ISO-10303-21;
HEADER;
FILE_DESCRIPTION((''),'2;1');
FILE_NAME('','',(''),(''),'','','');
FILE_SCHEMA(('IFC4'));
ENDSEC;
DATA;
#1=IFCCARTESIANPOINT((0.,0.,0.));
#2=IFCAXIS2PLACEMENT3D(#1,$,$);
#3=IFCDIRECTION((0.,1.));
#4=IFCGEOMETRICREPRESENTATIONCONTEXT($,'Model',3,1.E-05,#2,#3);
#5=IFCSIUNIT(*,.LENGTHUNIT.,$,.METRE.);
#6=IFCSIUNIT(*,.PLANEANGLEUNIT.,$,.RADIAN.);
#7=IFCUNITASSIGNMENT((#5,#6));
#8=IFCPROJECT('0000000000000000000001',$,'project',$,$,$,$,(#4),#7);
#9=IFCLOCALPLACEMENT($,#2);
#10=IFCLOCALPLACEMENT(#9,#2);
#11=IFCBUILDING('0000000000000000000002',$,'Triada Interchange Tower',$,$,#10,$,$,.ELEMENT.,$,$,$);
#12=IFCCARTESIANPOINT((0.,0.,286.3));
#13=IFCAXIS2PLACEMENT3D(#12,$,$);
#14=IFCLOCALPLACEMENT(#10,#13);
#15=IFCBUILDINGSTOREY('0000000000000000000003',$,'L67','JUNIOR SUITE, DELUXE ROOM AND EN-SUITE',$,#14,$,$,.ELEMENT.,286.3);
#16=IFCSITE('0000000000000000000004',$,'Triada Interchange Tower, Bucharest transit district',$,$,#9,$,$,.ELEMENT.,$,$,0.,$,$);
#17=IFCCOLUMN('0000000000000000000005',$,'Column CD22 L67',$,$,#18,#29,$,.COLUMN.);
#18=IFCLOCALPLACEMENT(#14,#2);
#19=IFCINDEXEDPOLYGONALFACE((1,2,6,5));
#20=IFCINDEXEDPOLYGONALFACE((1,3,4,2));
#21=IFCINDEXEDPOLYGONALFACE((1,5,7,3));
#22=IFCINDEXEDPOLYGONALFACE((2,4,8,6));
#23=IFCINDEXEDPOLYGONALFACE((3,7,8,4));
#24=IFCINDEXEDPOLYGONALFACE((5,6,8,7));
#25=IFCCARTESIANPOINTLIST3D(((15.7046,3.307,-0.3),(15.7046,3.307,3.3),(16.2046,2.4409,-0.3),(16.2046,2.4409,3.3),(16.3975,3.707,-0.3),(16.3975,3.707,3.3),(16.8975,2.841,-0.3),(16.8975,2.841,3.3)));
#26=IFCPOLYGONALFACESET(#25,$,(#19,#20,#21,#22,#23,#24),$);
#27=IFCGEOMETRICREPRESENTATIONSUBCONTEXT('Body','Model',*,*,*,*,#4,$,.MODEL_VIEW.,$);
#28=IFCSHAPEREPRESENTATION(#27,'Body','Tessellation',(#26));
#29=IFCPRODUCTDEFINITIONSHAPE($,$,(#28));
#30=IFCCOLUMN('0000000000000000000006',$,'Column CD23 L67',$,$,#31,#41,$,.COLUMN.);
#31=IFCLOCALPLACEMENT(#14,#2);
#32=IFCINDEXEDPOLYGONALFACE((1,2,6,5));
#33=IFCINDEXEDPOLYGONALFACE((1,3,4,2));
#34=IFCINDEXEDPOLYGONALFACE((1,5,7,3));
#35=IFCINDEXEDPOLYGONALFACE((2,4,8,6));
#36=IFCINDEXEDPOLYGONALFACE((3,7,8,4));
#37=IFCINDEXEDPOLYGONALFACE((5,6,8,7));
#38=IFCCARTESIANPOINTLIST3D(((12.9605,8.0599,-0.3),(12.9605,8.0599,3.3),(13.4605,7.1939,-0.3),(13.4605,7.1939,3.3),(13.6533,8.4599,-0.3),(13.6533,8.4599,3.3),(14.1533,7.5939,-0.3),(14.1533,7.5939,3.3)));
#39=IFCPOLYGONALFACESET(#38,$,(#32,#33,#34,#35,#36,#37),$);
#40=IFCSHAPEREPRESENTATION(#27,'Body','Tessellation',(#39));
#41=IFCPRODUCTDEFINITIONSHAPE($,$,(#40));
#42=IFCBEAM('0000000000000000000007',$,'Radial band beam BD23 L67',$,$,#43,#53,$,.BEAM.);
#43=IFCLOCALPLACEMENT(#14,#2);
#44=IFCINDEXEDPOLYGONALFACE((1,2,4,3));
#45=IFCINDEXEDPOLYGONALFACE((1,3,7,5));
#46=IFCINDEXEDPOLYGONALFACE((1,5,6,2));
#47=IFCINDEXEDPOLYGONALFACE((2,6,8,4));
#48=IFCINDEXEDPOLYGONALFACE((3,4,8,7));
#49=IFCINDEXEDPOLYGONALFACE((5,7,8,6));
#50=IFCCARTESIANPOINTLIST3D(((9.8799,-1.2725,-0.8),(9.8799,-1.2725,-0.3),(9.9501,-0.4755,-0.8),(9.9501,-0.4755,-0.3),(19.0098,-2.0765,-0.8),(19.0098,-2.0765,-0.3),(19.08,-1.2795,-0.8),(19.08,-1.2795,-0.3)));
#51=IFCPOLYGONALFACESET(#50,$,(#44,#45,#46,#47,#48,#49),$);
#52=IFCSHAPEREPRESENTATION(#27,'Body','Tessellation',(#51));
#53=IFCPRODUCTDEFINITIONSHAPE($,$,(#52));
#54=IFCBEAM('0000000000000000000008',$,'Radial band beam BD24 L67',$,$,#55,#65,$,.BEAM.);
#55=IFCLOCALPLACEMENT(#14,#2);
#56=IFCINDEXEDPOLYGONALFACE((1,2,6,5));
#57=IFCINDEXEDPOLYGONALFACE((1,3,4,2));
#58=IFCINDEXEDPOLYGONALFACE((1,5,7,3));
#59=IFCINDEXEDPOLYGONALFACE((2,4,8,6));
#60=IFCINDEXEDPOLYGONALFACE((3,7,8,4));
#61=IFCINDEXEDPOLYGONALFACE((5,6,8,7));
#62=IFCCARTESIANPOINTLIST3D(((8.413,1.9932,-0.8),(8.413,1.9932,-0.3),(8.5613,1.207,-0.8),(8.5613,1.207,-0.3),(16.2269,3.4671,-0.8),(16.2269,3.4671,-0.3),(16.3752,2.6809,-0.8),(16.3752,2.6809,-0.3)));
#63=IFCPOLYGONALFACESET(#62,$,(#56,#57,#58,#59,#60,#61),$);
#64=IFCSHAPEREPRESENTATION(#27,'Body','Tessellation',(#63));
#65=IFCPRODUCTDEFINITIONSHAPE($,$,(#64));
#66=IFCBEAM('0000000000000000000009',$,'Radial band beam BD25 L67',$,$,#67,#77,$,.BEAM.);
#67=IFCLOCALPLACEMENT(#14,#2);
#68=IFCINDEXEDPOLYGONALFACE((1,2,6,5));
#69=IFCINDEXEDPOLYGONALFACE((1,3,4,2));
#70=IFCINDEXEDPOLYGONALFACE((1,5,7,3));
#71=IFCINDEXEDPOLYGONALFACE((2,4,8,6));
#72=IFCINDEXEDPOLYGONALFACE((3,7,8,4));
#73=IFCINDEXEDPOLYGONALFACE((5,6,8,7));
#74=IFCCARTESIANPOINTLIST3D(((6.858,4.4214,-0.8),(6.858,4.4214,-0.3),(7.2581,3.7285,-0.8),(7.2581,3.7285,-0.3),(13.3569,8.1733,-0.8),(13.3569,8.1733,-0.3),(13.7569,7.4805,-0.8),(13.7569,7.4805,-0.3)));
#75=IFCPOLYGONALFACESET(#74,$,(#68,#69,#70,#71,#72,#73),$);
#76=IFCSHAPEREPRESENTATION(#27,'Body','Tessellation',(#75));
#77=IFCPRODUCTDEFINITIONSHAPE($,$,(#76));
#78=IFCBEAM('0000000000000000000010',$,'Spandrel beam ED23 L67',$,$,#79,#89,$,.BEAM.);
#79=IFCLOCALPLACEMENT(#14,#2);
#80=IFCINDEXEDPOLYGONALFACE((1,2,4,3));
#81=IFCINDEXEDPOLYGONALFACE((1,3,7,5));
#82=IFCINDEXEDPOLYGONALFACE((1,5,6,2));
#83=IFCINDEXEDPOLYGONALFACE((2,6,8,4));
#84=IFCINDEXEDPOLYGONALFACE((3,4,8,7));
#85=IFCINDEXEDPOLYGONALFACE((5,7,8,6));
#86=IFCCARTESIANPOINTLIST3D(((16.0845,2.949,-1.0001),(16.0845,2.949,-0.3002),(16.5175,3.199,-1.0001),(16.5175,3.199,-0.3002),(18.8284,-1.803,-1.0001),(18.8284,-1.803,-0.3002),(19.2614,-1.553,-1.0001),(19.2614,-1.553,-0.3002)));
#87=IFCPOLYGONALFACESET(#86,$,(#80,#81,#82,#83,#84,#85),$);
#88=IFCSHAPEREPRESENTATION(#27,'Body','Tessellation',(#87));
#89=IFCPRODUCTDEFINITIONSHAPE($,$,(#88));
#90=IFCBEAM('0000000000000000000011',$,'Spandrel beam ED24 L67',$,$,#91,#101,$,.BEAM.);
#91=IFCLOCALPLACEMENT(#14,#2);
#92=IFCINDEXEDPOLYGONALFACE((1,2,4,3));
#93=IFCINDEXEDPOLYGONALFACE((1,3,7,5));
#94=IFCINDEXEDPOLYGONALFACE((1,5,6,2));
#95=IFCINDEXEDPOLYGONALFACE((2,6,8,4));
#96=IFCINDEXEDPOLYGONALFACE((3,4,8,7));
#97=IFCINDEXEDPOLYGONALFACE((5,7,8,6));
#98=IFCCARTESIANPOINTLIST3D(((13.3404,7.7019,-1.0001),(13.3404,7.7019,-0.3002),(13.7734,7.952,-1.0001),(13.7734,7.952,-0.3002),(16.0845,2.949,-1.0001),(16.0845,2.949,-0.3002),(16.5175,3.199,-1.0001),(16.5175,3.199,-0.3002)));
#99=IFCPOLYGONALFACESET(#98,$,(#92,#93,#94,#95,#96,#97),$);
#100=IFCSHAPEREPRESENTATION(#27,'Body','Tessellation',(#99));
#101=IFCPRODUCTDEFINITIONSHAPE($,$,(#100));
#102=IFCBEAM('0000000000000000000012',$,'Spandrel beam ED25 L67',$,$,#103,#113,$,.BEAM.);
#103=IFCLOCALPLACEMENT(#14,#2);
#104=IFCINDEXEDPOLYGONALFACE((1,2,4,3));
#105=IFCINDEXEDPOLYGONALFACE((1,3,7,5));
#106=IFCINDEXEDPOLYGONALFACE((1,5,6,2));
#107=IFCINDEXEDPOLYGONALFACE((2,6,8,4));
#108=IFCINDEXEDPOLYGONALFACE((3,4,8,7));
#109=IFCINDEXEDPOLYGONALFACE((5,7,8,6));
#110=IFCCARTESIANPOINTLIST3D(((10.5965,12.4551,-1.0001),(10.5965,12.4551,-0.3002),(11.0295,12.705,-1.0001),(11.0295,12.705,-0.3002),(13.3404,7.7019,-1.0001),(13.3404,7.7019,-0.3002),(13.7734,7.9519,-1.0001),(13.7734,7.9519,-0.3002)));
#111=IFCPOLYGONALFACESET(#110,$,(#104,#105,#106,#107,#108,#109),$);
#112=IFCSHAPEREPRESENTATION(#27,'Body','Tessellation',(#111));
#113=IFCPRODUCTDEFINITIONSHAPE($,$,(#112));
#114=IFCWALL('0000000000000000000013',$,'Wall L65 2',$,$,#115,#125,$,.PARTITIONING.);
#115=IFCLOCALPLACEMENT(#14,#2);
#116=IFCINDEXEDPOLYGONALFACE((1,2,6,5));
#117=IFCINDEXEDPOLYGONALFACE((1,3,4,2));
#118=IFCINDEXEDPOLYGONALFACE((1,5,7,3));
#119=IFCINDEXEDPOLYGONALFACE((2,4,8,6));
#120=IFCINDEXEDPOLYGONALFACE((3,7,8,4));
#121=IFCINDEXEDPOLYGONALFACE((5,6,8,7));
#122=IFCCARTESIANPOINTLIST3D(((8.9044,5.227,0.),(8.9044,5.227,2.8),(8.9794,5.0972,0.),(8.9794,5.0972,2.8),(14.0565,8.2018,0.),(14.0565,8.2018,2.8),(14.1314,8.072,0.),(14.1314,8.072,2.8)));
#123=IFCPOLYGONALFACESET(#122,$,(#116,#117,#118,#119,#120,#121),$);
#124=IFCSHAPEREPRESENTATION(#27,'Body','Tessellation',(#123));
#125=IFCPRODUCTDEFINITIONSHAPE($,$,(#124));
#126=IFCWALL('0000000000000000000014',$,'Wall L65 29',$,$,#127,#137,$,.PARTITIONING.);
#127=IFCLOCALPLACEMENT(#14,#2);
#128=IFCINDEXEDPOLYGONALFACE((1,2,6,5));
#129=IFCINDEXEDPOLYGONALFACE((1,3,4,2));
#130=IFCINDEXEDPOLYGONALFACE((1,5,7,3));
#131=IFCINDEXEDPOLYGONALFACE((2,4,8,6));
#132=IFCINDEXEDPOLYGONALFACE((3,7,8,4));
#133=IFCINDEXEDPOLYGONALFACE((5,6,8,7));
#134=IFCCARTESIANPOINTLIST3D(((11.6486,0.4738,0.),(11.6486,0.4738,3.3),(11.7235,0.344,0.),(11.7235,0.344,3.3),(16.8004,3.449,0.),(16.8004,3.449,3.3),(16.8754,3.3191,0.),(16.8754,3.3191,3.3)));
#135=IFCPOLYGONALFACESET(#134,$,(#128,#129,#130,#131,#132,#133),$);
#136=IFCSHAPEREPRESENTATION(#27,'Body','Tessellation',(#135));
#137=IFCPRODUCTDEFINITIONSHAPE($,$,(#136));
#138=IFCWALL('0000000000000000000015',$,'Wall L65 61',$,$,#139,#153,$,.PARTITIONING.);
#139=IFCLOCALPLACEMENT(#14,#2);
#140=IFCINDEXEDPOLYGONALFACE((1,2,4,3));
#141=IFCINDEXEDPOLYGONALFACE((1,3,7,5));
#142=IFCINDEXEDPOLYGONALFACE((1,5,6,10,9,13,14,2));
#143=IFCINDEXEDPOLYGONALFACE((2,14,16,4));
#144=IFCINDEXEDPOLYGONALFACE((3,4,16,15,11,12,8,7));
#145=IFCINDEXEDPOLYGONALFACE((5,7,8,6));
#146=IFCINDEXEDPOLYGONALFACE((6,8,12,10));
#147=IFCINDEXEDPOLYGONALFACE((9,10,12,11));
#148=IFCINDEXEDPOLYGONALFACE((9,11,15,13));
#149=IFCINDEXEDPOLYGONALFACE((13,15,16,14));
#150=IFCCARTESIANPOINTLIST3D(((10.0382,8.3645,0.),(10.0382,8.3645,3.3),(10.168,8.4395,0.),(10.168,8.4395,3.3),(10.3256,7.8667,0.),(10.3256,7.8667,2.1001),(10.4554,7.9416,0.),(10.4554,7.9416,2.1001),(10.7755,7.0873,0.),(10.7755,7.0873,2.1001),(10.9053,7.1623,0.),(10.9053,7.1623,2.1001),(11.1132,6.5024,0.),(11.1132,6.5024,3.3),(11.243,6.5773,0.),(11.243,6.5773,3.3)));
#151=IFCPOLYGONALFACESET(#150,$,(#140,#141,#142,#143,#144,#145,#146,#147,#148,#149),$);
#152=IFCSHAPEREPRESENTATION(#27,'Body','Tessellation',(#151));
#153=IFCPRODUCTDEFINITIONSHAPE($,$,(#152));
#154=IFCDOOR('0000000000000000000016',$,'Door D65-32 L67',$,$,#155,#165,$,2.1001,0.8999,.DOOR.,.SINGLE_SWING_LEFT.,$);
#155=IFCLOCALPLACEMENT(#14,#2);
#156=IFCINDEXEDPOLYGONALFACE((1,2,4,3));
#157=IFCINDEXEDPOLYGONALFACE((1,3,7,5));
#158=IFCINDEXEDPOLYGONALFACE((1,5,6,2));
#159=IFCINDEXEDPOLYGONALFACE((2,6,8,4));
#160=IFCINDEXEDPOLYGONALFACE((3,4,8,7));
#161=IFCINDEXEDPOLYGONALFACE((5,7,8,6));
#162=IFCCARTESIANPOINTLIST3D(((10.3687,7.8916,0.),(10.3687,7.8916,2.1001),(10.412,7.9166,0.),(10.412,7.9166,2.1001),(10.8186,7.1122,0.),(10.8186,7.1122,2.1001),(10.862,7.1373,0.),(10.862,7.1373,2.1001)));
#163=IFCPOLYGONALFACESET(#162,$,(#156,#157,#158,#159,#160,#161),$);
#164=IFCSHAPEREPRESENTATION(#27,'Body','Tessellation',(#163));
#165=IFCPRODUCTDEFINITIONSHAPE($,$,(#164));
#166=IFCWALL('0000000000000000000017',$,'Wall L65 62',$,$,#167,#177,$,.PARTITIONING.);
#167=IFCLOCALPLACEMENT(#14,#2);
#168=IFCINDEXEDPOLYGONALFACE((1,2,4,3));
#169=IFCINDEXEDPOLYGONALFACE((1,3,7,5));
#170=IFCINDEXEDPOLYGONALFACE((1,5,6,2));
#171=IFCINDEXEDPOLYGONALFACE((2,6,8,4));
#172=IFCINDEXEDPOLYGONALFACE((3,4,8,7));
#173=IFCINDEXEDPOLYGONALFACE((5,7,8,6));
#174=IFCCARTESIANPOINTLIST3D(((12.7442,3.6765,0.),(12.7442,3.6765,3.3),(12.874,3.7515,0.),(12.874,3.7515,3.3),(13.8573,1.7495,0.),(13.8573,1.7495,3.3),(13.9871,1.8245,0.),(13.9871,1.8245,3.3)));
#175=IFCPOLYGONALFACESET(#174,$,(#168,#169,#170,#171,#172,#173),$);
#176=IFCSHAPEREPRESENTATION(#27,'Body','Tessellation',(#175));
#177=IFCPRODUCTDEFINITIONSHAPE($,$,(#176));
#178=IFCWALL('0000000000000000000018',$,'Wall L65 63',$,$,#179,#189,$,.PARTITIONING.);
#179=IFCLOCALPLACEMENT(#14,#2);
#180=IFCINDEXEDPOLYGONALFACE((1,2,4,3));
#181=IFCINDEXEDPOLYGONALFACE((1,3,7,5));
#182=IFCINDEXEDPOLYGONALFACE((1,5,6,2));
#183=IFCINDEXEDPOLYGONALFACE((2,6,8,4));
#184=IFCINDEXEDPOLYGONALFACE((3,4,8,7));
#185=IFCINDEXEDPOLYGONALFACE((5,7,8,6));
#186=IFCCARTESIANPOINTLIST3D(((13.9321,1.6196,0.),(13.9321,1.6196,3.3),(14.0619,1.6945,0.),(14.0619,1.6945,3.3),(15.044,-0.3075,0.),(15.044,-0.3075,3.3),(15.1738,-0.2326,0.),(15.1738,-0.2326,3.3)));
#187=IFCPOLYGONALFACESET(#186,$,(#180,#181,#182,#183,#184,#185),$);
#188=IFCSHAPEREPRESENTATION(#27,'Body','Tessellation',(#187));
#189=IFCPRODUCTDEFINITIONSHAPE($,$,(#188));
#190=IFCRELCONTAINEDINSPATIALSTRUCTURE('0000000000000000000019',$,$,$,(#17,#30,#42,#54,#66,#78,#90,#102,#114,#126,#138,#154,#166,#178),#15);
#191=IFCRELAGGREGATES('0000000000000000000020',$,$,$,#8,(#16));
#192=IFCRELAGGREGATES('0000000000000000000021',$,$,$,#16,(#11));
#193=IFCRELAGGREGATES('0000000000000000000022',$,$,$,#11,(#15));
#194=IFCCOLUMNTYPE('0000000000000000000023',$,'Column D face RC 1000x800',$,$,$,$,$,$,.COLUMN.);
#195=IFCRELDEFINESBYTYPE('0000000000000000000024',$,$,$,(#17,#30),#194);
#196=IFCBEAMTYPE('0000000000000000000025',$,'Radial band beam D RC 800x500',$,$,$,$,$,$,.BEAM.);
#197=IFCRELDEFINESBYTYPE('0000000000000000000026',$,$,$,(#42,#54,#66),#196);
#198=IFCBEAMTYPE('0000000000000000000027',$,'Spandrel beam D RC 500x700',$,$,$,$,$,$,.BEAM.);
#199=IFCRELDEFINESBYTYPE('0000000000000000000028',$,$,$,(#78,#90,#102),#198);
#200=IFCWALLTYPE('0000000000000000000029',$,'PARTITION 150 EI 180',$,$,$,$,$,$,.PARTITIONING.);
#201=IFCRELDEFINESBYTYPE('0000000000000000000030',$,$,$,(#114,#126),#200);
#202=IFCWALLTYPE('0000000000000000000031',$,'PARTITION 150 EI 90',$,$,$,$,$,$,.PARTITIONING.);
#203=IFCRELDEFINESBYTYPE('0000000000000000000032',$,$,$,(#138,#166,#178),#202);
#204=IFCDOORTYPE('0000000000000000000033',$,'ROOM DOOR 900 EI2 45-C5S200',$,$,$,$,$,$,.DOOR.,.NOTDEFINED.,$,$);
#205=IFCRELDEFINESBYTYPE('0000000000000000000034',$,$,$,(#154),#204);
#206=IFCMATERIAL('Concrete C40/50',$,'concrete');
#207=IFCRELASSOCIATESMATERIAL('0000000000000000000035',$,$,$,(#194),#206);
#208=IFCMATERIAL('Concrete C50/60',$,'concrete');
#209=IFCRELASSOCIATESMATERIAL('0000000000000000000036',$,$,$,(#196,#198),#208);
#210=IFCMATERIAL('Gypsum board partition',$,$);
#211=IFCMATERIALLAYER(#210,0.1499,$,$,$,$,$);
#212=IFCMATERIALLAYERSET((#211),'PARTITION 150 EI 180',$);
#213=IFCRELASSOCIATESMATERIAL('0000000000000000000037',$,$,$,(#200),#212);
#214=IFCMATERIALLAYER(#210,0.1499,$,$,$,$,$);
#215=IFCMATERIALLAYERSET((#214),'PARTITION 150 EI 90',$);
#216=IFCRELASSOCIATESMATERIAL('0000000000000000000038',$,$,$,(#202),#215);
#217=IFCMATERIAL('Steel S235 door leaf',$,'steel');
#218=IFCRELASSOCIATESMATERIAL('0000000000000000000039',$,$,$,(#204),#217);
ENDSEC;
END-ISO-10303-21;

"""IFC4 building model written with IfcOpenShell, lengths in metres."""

from ifc_helpers import new_model, si_unit, direction, frame, frame_2d, origin, origin_2d, place, context, subcontext, project, spatial, rectangle, extrude, material, layer, layer_set, material_profile, profile_set, type_object, element, fill, save


model = new_model("IFC4")

# Units and contexts
model_context = context("Model", 3, precision=1e-05, world=origin(), true_north=direction((0.0, 1.0)))
body_context = subcontext(model_context, "Body", "Model", "MODEL_VIEW")
ifc_project = project(units=[si_unit("LENGTHUNIT", "METRE"), si_unit("PLANEANGLEUNIT", "RADIAN")], contexts=[model_context])

# Site, building, storey
site_placement = place(None, origin())
site = spatial("IfcSite", under=ifc_project, at=site_placement, Name="Triada Interchange Tower, Bucharest transit district", CompositionType="ELEMENT", RefElevation=0.0)
building_placement = place(site_placement, origin())
building = spatial("IfcBuilding", under=site, at=building_placement, Name="Triada Interchange Tower", CompositionType="ELEMENT")
storey_placement = place(building_placement, frame((0.0, 0.0, 286.3)))
storey = spatial("IfcBuildingStorey", under=building, at=storey_placement, Name="L67", Description="JUNIOR SUITE, DELUXE ROOM AND EN-SUITE", CompositionType="ELEMENT", Elevation=286.3)

# Columns
ifc_material_1 = material(Name="Concrete C40/50", Category="concrete")
ifc_material_profile_1 = material_profile(ifc_material_1, rectangle(XDim=1.0, YDim=0.8, at=origin_2d()), Name="RC 1000x800")
ifc_profile_set_1 = profile_set([ifc_material_profile_1], Name="Concrete C40/50")
column_type = type_object("IfcColumnType", Name="Column D face RC 1000x800", PredefinedType="COLUMN", material=ifc_profile_set_1)
for number, where, z_axis, x_axis, name in (
    (1, (16.301, 3.074, -0.3), (0.0, 0.0, 1.0), (-0.5, 0.866025, 0.0), "Column CD22 L67"),
    (2, (13.5569, 7.8269, -0.3), (0.0, 0.0, 1.0), (-0.5, 0.866025, 0.0), "Column CD23 L67"),
):
    element("IfcColumn", number, at=place(storey_placement, frame(where, z_axis=z_axis, x_axis=x_axis)), inside=storey, type_object=column_type, Name=name, PredefinedType="COLUMN", context=body_context, shape_type="SweptSolid", body=[
        extrude(rectangle(XDim=1.0, YDim=0.8, at=origin_2d()), origin(), (0.0, 0.0, 1.0), 3.6001),
    ])

# Beams
ifc_material_2 = material(Name="Concrete C50/60", Category="concrete")
ifc_material_profile_2 = material_profile(ifc_material_2, rectangle(XDim=0.8, YDim=0.5, at=origin_2d()), Name="RC 800x500")
ifc_profile_set_2 = profile_set([ifc_material_profile_2], Name="Concrete C50/60")
beam_type_1 = type_object("IfcBeamType", Name="Radial band beam D RC 800x500", PredefinedType="BEAM", material=ifc_profile_set_2)
beam_1_placement = place(storey_placement, frame((19.0449, -1.678, -0.55), z_axis=(-0.996145, 0.087718, 0.0), x_axis=(-0.087718, -0.996145, 0.0)))
element("IfcBeam", 3, at=beam_1_placement, inside=storey, type_object=beam_type_1, Name="Radial band beam BD23 L67", PredefinedType="BEAM", context=body_context, shape_type="SweptSolid", body=[
    extrude(rectangle(XDim=0.8, YDim=0.5, at=origin_2d()), origin(), (0.0, 0.0, 1.0), 9.1653),
])
beam_2_placement = place(storey_placement, frame((16.301, 3.074, -0.55), z_axis=(-0.982672, -0.185352, 0.0), x_axis=(0.185352, -0.982672, 0.0)))
element("IfcBeam", 4, at=beam_2_placement, inside=storey, type_object=beam_type_1, Name="Radial band beam BD24 L67", PredefinedType="BEAM", context=body_context, shape_type="SweptSolid", body=[
    extrude(rectangle(XDim=0.8, YDim=0.5, at=origin_2d()), origin(), (0.0, 0.0, 1.0), 7.9517),
])
beam_3_placement = place(storey_placement, frame((13.5569, 7.8269, -0.55), z_axis=(-0.866032, -0.499988, 0.0), x_axis=(0.499988, -0.866032, 0.0)))
element("IfcBeam", 5, at=beam_3_placement, inside=storey, type_object=beam_type_1, Name="Radial band beam BD25 L67", PredefinedType="BEAM", context=body_context, shape_type="SweptSolid", body=[
    extrude(rectangle(XDim=0.8, YDim=0.5, at=origin_2d()), origin(), (0.0, 0.0, 1.0), 7.5042),
])
ifc_material_profile_3 = material_profile(ifc_material_2, rectangle(XDim=0.5, YDim=0.7, at=origin_2d()), Name="RC 500x700")
ifc_profile_set_3 = profile_set([ifc_material_profile_3], Name="Concrete C50/60")
beam_type_2 = type_object("IfcBeamType", Name="Spandrel beam D RC 500x700", PredefinedType="BEAM", material=ifc_profile_set_3)
beam_4_placement = place(storey_placement, frame((19.0449, -1.678, -0.6501), z_axis=(-0.500049, 0.865997, 0.0), x_axis=(-0.865997, -0.500049, 0.0)))
element("IfcBeam", 6, at=beam_4_placement, inside=storey, type_object=beam_type_2, Name="Spandrel beam ED23 L67", PredefinedType="BEAM", context=body_context, shape_type="SweptSolid", body=[
    extrude(rectangle(XDim=0.5, YDim=0.7, at=origin_2d()), origin(), (0.0, 0.0, 1.0), 5.4873),
])
for number, where, z_axis, x_axis, name in (
    (7, (16.301, 3.074, -0.6501), (-0.500005, 0.866023, 0.0), (-0.866023, -0.500005, 0.0), "Spandrel beam ED24 L67"),
    (8, (13.5569, 7.8269, -0.6501), (-0.499952, 0.866053, 0.0), (-0.866053, -0.499952, 0.0), "Spandrel beam ED25 L67"),
):
    element("IfcBeam", number, at=place(storey_placement, frame(where, z_axis=z_axis, x_axis=x_axis)), inside=storey, type_object=beam_type_2, Name=name, PredefinedType="BEAM", context=body_context, shape_type="SweptSolid", body=[
        extrude(rectangle(XDim=0.5, YDim=0.7, at=origin_2d()), origin(), (0.0, 0.0, 1.0), 5.4883),
    ])

# Walls
ifc_material_3 = material(Name="Gypsum board partition")
ifc_layer_1 = layer(ifc_material_3, 0.1499)
ifc_layer_set_1 = layer_set([ifc_layer_1], Name="PARTITION 150 EI 180")
wall_type_1 = type_object("IfcWallType", Name="PARTITION 150 EI 180", PredefinedType="PARTITIONING", material=ifc_layer_set_1)
wall_1_placement = place(storey_placement, frame((8.9419, 5.1621, 0.0), z_axis=(0.0, 0.0, 1.0), x_axis=(0.866004, 0.500036, 0.0)))
element("IfcWall", 9, at=wall_1_placement, inside=storey, type_object=wall_type_1, Name="Wall L65 2", PredefinedType="PARTITIONING", context=body_context, shape_type="SweptSolid", body=[
    extrude(rectangle(XDim=5.9492, YDim=0.1499, at=frame_2d((2.9746, 0.0))), origin(), (0.0, 0.0, 1.0), 2.8),
])
wall_2_placement = place(storey_placement, frame((11.686, 0.4089, 0.0), z_axis=(0.0, 0.0, 1.0), x_axis=(0.865976, 0.500085, 0.0)))
element("IfcWall", 10, at=wall_2_placement, inside=storey, type_object=wall_type_1, Name="Wall L65 29", PredefinedType="PARTITIONING", context=body_context, shape_type="SweptSolid", body=[
    extrude(rectangle(XDim=5.9492, YDim=0.1499, at=frame_2d((2.9746, 0.0))), origin(), (0.0, 0.0, 1.0), 3.3),
])

# Wall, opening, door
ifc_layer_2 = layer(ifc_material_3, 0.1499)
ifc_layer_set_2 = layer_set([ifc_layer_2], Name="PARTITION 150 EI 90")
wall_type_2 = type_object("IfcWallType", Name="PARTITION 150 EI 90", PredefinedType="PARTITIONING", material=ifc_layer_set_2)
wall_3_placement = place(storey_placement, frame((10.103, 8.4021, 0.0), z_axis=(0.0, 0.0, 1.0), x_axis=(0.499962, -0.866048, 0.0)))
wall_3 = element("IfcWall", 11, at=wall_3_placement, inside=storey, type_object=wall_type_2, Name="Wall L65 61", PredefinedType="PARTITIONING", context=body_context, shape_type="SweptSolid", body=[
    extrude(rectangle(XDim=2.1501, YDim=0.1499, at=frame_2d((1.0752, 0.0))), origin(), (0.0, 0.0, 1.0), 3.3),
])
opening_1_placement = place(wall_3_placement, frame((0.575, 0.0, 0.0)))
opening_1 = element("IfcOpeningElement", 12, at=opening_1_placement, cuts=wall_3, PredefinedType="OPENING", context=body_context, shape_type="SweptSolid", body=[
    extrude(rectangle(XDim=0.8999, YDim=2.1001, at=frame_2d((0.45, 1.05))), frame((0.0, 0.085, 0.0), z_axis=(0.0, -1.0, 0.0), x_axis=(1.0, 0.0, 0.0)), (0.0, 0.0, 1.0), 0.1699),
])
ifc_material_4 = material(Name="Steel S235 door leaf", Category="steel")
door_type = type_object("IfcDoorType", Name="ROOM DOOR 900 EI2 45-C5S200", OperationType="NOTDEFINED", PredefinedType="DOOR", material=ifc_material_4)
door_1_placement = place(opening_1_placement, origin())
door_1 = element("IfcDoor", 13, at=door_1_placement, inside=storey, type_object=door_type, Name="Door D65-32 L67", OperationType="SINGLE_SWING_LEFT", OverallHeight=2.1001, OverallWidth=0.8999, PredefinedType="DOOR", context=body_context, shape_type="SweptSolid", body=[
    extrude(rectangle(XDim=0.8999, YDim=2.1001, at=frame_2d((0.45, 1.05))), frame((0.0, 0.0249, 0.0), z_axis=(0.0, -1.0, 0.0), x_axis=(1.0, 0.0, 0.0)), (0.0, 0.0, 1.0), 0.05),
])
fill(opening_1, door_1)

# Walls
wall_4_placement = place(storey_placement, frame((12.8091, 3.7141, 0.0), z_axis=(0.0, 0.0, 1.0), x_axis=(0.500162, -0.865932, 0.0)))
element("IfcWall", 14, at=wall_4_placement, inside=storey, type_object=wall_type_2, Name="Wall L65 62", PredefinedType="PARTITIONING", context=body_context, shape_type="SweptSolid", body=[
    extrude(rectangle(XDim=2.2253, YDim=0.1499, at=frame_2d((1.1128, 0.0))), origin(), (0.0, 0.0, 1.0), 3.3),
])
wall_5_placement = place(storey_placement, frame((13.9971, 1.657, 0.0), z_axis=(0.0, 0.0, 1.0), x_axis=(0.499751, -0.866169, 0.0)))
element("IfcWall", 15, at=wall_5_placement, inside=storey, type_object=wall_type_2, Name="Wall L65 63", PredefinedType="PARTITIONING", context=body_context, shape_type="SweptSolid", body=[
    extrude(rectangle(XDim=2.2249, YDim=0.1499, at=frame_2d((1.1123, 0.0))), origin(), (0.0, 0.0, 1.0), 3.3),
])

save(model, "model.ifc")
